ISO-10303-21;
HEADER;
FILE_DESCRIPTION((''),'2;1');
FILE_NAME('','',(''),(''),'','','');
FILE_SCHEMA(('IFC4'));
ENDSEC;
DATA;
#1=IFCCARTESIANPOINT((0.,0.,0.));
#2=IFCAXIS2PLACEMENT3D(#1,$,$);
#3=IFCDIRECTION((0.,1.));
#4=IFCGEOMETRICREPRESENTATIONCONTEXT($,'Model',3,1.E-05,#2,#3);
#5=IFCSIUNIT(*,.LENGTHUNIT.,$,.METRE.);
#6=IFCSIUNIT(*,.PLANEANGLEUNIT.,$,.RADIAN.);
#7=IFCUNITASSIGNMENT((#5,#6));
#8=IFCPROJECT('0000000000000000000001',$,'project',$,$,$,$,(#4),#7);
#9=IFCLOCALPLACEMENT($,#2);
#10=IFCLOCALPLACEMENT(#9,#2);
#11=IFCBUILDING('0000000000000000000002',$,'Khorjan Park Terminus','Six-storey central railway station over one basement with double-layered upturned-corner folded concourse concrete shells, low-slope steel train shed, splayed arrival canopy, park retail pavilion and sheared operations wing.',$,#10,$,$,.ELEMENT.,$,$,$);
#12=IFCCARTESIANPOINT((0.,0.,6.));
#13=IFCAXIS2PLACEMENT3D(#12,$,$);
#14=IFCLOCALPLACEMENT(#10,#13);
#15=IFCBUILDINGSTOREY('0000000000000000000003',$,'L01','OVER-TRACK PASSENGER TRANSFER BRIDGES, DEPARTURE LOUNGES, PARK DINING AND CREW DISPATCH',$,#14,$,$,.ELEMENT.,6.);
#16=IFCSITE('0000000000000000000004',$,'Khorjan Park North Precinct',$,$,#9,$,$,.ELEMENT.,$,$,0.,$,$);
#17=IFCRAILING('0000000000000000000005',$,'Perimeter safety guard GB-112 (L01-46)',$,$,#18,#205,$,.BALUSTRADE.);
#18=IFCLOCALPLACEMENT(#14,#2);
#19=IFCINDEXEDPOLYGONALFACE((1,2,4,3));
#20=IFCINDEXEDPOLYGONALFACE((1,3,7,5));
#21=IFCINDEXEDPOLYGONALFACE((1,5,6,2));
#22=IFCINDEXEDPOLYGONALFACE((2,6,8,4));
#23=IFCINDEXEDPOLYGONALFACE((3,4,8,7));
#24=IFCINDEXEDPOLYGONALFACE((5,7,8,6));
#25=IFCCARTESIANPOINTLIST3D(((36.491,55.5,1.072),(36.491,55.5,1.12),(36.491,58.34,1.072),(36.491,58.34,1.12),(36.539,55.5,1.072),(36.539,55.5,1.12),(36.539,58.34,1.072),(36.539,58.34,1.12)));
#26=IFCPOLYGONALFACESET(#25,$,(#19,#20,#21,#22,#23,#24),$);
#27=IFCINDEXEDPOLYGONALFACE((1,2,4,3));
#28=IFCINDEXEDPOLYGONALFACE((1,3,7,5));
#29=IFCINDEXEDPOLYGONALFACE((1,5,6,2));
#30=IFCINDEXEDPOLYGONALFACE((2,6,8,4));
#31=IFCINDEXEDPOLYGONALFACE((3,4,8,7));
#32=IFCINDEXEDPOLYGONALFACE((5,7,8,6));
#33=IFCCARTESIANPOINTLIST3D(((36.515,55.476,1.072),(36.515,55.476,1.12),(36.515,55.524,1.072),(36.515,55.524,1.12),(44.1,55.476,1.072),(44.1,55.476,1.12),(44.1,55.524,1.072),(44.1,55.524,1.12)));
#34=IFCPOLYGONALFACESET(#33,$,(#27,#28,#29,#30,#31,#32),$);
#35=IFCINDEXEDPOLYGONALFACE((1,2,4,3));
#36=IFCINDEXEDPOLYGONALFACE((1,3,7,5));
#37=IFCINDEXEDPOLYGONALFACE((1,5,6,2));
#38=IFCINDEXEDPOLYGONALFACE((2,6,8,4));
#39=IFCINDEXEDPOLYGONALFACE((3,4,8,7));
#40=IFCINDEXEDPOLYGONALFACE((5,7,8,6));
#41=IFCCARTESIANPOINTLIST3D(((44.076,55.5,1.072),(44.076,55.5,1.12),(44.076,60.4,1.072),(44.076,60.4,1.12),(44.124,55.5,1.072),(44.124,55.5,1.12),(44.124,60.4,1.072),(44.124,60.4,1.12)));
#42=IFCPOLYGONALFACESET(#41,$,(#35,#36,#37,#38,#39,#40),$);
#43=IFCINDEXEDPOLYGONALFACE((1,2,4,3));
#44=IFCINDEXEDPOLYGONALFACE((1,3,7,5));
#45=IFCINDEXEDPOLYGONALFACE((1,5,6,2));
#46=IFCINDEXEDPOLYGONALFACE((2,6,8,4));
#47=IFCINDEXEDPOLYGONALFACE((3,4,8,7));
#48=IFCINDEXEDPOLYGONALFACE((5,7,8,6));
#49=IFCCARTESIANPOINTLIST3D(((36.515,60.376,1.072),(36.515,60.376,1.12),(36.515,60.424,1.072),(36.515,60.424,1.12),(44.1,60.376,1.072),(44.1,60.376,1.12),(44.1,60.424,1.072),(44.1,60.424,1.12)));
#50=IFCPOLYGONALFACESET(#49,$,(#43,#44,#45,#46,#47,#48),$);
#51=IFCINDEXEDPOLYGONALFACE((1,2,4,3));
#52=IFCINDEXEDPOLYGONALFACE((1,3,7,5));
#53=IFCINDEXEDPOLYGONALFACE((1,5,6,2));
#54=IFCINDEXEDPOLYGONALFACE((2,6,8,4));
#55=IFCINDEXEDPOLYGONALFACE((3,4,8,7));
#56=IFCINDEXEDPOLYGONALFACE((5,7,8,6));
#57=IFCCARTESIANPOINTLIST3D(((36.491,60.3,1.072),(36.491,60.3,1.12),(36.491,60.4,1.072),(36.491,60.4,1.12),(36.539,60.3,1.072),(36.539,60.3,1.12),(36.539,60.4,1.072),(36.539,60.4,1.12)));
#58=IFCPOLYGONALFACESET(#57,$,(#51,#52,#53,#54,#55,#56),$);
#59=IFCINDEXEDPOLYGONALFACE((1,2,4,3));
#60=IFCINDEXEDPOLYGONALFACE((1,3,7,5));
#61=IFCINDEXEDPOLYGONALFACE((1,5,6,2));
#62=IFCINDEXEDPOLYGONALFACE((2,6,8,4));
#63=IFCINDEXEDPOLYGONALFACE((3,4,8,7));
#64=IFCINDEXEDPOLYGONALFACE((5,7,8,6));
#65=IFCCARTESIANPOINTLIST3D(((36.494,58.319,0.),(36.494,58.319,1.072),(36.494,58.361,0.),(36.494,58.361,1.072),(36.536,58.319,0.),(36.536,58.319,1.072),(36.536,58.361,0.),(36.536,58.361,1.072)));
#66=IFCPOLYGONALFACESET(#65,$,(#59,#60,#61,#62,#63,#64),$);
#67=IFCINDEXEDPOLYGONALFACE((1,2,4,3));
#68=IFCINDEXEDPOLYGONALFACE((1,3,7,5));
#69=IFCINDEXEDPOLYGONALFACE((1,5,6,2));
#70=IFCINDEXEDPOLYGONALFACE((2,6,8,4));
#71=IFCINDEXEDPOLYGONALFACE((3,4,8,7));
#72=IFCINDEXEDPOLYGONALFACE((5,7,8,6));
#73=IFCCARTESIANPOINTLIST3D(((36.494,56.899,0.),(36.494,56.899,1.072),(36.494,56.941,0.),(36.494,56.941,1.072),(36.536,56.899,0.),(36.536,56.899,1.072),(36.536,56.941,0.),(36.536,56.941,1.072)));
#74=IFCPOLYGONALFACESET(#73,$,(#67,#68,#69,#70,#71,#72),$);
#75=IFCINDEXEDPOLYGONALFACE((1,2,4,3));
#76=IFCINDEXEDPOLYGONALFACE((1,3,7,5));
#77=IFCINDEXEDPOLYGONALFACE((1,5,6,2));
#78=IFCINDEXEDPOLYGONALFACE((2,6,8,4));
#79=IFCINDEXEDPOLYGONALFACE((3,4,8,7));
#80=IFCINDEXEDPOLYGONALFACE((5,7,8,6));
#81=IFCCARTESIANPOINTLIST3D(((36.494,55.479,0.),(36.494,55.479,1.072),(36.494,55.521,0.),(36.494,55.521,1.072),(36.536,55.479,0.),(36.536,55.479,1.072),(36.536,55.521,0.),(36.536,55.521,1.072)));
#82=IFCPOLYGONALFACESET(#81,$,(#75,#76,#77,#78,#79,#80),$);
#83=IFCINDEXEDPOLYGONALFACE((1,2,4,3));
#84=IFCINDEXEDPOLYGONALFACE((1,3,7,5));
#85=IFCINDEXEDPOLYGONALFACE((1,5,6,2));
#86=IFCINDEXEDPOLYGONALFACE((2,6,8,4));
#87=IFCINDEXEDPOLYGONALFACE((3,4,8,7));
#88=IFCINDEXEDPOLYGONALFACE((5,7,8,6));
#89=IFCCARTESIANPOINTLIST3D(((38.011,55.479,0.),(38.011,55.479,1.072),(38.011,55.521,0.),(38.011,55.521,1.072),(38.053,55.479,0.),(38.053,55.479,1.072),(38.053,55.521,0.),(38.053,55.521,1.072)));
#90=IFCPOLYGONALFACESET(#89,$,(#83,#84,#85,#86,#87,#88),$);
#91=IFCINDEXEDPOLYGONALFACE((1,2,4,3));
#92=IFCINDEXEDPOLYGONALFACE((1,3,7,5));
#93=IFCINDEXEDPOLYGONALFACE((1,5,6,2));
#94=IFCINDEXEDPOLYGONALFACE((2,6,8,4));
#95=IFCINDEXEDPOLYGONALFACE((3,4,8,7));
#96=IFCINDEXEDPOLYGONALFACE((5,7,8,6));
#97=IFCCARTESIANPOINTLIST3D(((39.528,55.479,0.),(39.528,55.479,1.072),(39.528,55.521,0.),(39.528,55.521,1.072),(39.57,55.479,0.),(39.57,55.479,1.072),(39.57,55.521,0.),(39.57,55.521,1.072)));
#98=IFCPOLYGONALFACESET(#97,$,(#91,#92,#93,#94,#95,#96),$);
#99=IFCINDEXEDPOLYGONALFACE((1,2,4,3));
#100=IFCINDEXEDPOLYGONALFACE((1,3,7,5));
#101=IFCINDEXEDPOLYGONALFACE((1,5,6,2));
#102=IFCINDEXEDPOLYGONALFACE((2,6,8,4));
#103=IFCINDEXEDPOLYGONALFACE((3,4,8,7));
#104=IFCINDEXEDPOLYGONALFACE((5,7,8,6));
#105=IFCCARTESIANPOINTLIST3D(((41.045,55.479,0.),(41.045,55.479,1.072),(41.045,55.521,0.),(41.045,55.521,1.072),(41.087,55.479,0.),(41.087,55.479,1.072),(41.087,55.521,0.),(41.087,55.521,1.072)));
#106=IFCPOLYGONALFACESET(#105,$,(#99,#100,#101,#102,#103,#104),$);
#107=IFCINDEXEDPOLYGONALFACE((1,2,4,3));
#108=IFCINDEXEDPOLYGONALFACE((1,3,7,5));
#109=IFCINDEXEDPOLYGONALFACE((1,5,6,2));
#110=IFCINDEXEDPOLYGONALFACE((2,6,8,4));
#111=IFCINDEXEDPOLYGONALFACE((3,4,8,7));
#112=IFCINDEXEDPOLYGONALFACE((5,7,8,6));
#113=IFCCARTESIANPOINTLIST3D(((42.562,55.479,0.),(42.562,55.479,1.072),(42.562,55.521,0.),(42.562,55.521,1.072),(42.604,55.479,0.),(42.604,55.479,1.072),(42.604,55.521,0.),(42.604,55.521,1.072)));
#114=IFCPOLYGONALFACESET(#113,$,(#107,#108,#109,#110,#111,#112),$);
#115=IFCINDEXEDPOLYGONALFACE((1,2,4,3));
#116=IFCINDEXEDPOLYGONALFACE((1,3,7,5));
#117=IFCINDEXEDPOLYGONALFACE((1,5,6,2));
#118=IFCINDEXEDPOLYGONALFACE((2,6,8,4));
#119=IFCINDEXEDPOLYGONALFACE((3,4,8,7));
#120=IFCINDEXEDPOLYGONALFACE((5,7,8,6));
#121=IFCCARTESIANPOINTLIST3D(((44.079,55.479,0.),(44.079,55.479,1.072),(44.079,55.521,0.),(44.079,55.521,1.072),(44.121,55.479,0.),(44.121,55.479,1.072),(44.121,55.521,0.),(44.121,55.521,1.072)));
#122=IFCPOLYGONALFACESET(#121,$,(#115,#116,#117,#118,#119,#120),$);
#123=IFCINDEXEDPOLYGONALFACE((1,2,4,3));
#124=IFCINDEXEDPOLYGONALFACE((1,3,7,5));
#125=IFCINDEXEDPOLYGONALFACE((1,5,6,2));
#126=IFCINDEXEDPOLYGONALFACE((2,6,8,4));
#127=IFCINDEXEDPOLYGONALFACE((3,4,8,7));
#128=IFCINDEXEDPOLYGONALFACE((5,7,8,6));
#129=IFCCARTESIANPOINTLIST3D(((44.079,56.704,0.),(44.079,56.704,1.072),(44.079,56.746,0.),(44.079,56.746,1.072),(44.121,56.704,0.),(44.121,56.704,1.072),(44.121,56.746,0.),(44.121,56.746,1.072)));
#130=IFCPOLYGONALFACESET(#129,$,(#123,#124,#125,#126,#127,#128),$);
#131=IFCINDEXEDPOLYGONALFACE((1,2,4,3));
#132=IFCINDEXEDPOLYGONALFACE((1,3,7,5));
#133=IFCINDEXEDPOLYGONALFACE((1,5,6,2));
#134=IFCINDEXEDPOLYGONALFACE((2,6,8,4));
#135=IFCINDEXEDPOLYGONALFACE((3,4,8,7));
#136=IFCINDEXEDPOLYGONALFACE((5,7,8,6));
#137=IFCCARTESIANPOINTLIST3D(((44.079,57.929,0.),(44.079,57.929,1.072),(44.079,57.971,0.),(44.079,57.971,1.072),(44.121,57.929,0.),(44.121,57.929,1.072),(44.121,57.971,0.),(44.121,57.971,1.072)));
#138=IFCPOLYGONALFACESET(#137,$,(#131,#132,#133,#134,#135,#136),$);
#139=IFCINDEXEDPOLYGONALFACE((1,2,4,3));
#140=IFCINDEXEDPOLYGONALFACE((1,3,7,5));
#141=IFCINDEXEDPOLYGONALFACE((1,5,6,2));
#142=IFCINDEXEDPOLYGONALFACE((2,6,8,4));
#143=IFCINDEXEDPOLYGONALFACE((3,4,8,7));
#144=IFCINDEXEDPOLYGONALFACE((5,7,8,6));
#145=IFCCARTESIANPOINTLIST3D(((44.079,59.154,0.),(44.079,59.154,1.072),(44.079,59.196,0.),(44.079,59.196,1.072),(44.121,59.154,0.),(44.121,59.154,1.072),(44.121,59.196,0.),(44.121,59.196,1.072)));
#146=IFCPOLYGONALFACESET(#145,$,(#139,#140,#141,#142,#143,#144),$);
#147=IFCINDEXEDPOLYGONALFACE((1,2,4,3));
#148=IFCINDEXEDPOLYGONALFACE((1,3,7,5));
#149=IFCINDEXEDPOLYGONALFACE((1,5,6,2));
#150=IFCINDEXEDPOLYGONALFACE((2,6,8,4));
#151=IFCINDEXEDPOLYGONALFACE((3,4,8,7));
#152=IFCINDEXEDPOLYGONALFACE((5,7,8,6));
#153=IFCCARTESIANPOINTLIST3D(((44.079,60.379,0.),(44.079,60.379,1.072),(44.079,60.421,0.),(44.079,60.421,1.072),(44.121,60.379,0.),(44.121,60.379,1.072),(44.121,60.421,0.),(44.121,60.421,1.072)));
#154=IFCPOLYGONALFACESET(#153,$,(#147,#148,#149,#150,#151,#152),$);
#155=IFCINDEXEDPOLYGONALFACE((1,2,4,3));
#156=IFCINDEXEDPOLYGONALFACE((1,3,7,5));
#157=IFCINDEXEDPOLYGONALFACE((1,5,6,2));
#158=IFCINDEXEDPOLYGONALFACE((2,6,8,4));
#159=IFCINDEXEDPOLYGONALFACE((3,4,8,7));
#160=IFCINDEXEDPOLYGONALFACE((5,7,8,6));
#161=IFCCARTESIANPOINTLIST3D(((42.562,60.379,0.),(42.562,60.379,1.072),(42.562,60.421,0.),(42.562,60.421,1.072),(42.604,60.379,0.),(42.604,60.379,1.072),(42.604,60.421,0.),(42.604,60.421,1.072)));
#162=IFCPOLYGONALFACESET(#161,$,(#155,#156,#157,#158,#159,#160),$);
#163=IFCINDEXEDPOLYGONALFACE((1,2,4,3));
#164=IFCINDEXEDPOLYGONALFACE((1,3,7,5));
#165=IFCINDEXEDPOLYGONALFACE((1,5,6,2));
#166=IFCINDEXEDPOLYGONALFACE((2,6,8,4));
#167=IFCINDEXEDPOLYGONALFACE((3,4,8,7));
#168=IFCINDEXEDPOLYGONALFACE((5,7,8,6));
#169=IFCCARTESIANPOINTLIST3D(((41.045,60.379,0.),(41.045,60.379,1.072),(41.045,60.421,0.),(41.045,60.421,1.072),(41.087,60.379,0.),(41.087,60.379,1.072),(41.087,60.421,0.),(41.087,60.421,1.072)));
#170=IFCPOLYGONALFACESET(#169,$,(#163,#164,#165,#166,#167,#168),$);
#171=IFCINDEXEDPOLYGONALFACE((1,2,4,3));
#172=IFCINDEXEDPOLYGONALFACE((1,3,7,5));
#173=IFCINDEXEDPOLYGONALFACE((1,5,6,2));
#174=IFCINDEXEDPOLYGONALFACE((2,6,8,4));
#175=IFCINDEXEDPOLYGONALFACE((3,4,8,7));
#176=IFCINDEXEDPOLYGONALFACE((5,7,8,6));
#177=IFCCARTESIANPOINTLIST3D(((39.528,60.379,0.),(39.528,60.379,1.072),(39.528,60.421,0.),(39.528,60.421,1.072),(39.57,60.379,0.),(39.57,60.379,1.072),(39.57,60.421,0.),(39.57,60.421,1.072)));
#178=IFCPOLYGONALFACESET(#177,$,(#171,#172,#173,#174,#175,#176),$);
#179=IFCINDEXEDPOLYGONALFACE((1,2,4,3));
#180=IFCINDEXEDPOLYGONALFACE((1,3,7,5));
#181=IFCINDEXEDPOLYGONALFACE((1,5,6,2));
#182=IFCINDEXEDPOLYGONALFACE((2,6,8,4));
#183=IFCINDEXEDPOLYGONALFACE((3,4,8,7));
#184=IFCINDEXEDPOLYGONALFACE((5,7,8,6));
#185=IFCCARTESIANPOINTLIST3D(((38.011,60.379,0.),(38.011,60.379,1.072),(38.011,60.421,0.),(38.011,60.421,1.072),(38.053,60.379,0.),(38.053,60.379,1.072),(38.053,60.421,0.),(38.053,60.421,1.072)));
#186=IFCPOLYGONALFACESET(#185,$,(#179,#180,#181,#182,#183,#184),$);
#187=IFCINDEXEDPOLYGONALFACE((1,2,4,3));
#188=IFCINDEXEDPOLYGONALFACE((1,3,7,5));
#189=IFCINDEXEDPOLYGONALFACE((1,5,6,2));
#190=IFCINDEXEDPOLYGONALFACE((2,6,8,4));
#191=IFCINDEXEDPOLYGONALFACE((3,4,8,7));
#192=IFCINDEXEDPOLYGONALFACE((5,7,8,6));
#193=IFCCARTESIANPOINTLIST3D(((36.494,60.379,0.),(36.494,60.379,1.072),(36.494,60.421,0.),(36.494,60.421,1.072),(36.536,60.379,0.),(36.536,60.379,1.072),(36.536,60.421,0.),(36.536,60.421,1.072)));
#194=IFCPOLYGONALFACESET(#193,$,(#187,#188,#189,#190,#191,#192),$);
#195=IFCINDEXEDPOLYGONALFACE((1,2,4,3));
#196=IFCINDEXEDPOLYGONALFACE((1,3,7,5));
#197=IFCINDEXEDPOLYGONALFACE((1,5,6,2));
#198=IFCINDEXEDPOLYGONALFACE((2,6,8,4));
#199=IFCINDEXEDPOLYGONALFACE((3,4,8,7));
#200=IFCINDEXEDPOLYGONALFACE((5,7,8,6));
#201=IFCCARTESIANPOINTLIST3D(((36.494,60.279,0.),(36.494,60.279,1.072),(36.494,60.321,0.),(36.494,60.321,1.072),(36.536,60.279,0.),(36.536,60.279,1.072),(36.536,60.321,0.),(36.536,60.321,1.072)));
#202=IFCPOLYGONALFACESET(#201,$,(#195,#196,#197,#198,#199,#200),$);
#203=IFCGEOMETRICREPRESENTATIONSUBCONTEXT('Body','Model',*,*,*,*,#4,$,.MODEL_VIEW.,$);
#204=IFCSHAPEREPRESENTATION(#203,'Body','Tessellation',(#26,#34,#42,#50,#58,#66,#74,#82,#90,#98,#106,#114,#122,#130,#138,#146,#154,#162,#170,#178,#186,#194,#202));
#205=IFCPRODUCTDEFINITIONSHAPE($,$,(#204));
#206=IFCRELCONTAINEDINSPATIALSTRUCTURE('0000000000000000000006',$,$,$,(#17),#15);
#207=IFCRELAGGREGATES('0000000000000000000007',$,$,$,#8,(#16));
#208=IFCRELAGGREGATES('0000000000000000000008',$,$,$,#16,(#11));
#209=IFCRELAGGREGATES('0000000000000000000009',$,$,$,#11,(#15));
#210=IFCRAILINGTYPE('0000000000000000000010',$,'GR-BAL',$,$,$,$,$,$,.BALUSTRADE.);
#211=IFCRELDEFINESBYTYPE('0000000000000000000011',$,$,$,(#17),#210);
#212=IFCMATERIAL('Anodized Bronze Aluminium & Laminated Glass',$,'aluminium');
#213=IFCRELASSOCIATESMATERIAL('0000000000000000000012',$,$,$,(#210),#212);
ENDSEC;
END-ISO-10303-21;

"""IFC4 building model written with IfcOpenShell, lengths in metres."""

from ifc_helpers import new_model, si_unit, direction, frame, origin, origin_2d, place, context, subcontext, project, spatial, rectangle, extrude, material, type_object, element, save


model = new_model("IFC4")

# Units and contexts
model_context = context("Model", 3, precision=1e-05, world=origin(), true_north=direction((0.0, 1.0)))
body_context = subcontext(model_context, "Body", "Model", "MODEL_VIEW")
ifc_project = project(units=[si_unit("LENGTHUNIT", "METRE"), si_unit("PLANEANGLEUNIT", "RADIAN")], contexts=[model_context])

# Site, building, storey
site_placement = place(None, origin())
site = spatial("IfcSite", under=ifc_project, at=site_placement, Name="Khorjan Park North Precinct", CompositionType="ELEMENT", RefElevation=0.0)
building_placement = place(site_placement, origin())
building = spatial("IfcBuilding", under=site, at=building_placement, Name="Khorjan Park Terminus", Description="Six-storey central railway station over one basement with double-layered upturned-corner folded concourse concrete shells, low-slope steel train shed, splayed arrival canopy, park retail pavilion and sheared operations wing.", CompositionType="ELEMENT")
storey_placement = place(building_placement, frame((0.0, 0.0, 6.0)))
storey = spatial("IfcBuildingStorey", under=building, at=storey_placement, Name="L01", Description="OVER-TRACK PASSENGER TRANSFER BRIDGES, DEPARTURE LOUNGES, PARK DINING AND CREW DISPATCH", CompositionType="ELEMENT", Elevation=6.0)

# Railing
ifc_material_1 = material(Name="Anodized Bronze Aluminium & Laminated Glass", Category="aluminium")
railing_type_1 = type_object("IfcRailingType", Name="GR-BAL", PredefinedType="BALUSTRADE", material=ifc_material_1)
railing_1_placement = place(storey_placement, frame((36.515, 58.34, 0.0)))
element("IfcRailing", 1, at=railing_1_placement, inside=storey, type_object=railing_type_1, Name="Perimeter safety guard GB-112 (L01-46)", PredefinedType="BALUSTRADE", context=body_context, shape_type="SweptSolid", body=[
    extrude(rectangle(XDim=0.048, YDim=0.048, at=origin_2d()), frame((0.0, 0.0, 1.096), z_axis=(0.0, -1.0, 0.0), x_axis=(1.0, 0.0, 0.0)), (0.0, 0.0, 1.0), 2.84),
    extrude(rectangle(XDim=0.048, YDim=0.048, at=origin_2d()), frame((0.0, -2.84, 1.096), z_axis=(1.0, 0.0, 0.0), x_axis=(0.0, 1.0, 0.0)), (0.0, 0.0, 1.0), 7.585),
    extrude(rectangle(XDim=0.048, YDim=0.048, at=origin_2d()), frame((7.585, -2.84, 1.096), z_axis=(0.0, 1.0, 0.0), x_axis=(-1.0, 0.0, 0.0)), (0.0, 0.0, 1.0), 4.9),
    extrude(rectangle(XDim=0.048, YDim=0.048, at=origin_2d()), frame((7.585, 2.06, 1.096), z_axis=(-1.0, 0.0, 0.0), x_axis=(0.0, -1.0, 0.0)), (0.0, 0.0, 1.0), 7.585),
    extrude(rectangle(XDim=0.048, YDim=0.048, at=origin_2d()), frame((0.0, 2.06, 1.096), z_axis=(0.0, -1.0, 0.0), x_axis=(1.0, 0.0, 0.0)), (0.0, 0.0, 1.0), 0.1),
    extrude(rectangle(XDim=0.042, YDim=0.042, at=origin_2d()), origin(), (0.0, 0.0, 1.0), 1.072),
    extrude(rectangle(XDim=0.042, YDim=0.042, at=origin_2d()), frame((0.0, -1.42, 0.0)), (0.0, 0.0, 1.0), 1.072),
    extrude(rectangle(XDim=0.042, YDim=0.042, at=origin_2d()), frame((0.0, -2.84, 0.0)), (0.0, 0.0, 1.0), 1.072),
    extrude(rectangle(XDim=0.042, YDim=0.042, at=origin_2d()), frame((1.517, -2.84, 0.0)), (0.0, 0.0, 1.0), 1.072),
    extrude(rectangle(XDim=0.042, YDim=0.042, at=origin_2d()), frame((3.034, -2.84, 0.0)), (0.0, 0.0, 1.0), 1.072),
    extrude(rectangle(XDim=0.042, YDim=0.042, at=origin_2d()), frame((4.551, -2.84, 0.0)), (0.0, 0.0, 1.0), 1.072),
    extrude(rectangle(XDim=0.042, YDim=0.042, at=origin_2d()), frame((6.068, -2.84, 0.0)), (0.0, 0.0, 1.0), 1.072),
    extrude(rectangle(XDim=0.042, YDim=0.042, at=origin_2d()), frame((7.585, -2.84, 0.0)), (0.0, 0.0, 1.0), 1.072),
    extrude(rectangle(XDim=0.042, YDim=0.042, at=origin_2d()), frame((7.585, -1.615, 0.0)), (0.0, 0.0, 1.0), 1.072),
    extrude(rectangle(XDim=0.042, YDim=0.042, at=origin_2d()), frame((7.585, -0.39, 0.0)), (0.0, 0.0, 1.0), 1.072),
    extrude(rectangle(XDim=0.042, YDim=0.042, at=origin_2d()), frame((7.585, 0.835, 0.0)), (0.0, 0.0, 1.0), 1.072),
    extrude(rectangle(XDim=0.042, YDim=0.042, at=origin_2d()), frame((7.585, 2.06, 0.0)), (0.0, 0.0, 1.0), 1.072),
    extrude(rectangle(XDim=0.042, YDim=0.042, at=origin_2d()), frame((6.068, 2.06, 0.0)), (0.0, 0.0, 1.0), 1.072),
    extrude(rectangle(XDim=0.042, YDim=0.042, at=origin_2d()), frame((4.551, 2.06, 0.0)), (0.0, 0.0, 1.0), 1.072),
    extrude(rectangle(XDim=0.042, YDim=0.042, at=origin_2d()), frame((3.034, 2.06, 0.0)), (0.0, 0.0, 1.0), 1.072),
    extrude(rectangle(XDim=0.042, YDim=0.042, at=origin_2d()), frame((1.517, 2.06, 0.0)), (0.0, 0.0, 1.0), 1.072),
    extrude(rectangle(XDim=0.042, YDim=0.042, at=origin_2d()), frame((0.0, 2.06, 0.0)), (0.0, 0.0, 1.0), 1.072),
    extrude(rectangle(XDim=0.042, YDim=0.042, at=origin_2d()), frame((0.0, 1.96, 0.0)), (0.0, 0.0, 1.0), 1.072),
])

save(model, "model.ifc")
